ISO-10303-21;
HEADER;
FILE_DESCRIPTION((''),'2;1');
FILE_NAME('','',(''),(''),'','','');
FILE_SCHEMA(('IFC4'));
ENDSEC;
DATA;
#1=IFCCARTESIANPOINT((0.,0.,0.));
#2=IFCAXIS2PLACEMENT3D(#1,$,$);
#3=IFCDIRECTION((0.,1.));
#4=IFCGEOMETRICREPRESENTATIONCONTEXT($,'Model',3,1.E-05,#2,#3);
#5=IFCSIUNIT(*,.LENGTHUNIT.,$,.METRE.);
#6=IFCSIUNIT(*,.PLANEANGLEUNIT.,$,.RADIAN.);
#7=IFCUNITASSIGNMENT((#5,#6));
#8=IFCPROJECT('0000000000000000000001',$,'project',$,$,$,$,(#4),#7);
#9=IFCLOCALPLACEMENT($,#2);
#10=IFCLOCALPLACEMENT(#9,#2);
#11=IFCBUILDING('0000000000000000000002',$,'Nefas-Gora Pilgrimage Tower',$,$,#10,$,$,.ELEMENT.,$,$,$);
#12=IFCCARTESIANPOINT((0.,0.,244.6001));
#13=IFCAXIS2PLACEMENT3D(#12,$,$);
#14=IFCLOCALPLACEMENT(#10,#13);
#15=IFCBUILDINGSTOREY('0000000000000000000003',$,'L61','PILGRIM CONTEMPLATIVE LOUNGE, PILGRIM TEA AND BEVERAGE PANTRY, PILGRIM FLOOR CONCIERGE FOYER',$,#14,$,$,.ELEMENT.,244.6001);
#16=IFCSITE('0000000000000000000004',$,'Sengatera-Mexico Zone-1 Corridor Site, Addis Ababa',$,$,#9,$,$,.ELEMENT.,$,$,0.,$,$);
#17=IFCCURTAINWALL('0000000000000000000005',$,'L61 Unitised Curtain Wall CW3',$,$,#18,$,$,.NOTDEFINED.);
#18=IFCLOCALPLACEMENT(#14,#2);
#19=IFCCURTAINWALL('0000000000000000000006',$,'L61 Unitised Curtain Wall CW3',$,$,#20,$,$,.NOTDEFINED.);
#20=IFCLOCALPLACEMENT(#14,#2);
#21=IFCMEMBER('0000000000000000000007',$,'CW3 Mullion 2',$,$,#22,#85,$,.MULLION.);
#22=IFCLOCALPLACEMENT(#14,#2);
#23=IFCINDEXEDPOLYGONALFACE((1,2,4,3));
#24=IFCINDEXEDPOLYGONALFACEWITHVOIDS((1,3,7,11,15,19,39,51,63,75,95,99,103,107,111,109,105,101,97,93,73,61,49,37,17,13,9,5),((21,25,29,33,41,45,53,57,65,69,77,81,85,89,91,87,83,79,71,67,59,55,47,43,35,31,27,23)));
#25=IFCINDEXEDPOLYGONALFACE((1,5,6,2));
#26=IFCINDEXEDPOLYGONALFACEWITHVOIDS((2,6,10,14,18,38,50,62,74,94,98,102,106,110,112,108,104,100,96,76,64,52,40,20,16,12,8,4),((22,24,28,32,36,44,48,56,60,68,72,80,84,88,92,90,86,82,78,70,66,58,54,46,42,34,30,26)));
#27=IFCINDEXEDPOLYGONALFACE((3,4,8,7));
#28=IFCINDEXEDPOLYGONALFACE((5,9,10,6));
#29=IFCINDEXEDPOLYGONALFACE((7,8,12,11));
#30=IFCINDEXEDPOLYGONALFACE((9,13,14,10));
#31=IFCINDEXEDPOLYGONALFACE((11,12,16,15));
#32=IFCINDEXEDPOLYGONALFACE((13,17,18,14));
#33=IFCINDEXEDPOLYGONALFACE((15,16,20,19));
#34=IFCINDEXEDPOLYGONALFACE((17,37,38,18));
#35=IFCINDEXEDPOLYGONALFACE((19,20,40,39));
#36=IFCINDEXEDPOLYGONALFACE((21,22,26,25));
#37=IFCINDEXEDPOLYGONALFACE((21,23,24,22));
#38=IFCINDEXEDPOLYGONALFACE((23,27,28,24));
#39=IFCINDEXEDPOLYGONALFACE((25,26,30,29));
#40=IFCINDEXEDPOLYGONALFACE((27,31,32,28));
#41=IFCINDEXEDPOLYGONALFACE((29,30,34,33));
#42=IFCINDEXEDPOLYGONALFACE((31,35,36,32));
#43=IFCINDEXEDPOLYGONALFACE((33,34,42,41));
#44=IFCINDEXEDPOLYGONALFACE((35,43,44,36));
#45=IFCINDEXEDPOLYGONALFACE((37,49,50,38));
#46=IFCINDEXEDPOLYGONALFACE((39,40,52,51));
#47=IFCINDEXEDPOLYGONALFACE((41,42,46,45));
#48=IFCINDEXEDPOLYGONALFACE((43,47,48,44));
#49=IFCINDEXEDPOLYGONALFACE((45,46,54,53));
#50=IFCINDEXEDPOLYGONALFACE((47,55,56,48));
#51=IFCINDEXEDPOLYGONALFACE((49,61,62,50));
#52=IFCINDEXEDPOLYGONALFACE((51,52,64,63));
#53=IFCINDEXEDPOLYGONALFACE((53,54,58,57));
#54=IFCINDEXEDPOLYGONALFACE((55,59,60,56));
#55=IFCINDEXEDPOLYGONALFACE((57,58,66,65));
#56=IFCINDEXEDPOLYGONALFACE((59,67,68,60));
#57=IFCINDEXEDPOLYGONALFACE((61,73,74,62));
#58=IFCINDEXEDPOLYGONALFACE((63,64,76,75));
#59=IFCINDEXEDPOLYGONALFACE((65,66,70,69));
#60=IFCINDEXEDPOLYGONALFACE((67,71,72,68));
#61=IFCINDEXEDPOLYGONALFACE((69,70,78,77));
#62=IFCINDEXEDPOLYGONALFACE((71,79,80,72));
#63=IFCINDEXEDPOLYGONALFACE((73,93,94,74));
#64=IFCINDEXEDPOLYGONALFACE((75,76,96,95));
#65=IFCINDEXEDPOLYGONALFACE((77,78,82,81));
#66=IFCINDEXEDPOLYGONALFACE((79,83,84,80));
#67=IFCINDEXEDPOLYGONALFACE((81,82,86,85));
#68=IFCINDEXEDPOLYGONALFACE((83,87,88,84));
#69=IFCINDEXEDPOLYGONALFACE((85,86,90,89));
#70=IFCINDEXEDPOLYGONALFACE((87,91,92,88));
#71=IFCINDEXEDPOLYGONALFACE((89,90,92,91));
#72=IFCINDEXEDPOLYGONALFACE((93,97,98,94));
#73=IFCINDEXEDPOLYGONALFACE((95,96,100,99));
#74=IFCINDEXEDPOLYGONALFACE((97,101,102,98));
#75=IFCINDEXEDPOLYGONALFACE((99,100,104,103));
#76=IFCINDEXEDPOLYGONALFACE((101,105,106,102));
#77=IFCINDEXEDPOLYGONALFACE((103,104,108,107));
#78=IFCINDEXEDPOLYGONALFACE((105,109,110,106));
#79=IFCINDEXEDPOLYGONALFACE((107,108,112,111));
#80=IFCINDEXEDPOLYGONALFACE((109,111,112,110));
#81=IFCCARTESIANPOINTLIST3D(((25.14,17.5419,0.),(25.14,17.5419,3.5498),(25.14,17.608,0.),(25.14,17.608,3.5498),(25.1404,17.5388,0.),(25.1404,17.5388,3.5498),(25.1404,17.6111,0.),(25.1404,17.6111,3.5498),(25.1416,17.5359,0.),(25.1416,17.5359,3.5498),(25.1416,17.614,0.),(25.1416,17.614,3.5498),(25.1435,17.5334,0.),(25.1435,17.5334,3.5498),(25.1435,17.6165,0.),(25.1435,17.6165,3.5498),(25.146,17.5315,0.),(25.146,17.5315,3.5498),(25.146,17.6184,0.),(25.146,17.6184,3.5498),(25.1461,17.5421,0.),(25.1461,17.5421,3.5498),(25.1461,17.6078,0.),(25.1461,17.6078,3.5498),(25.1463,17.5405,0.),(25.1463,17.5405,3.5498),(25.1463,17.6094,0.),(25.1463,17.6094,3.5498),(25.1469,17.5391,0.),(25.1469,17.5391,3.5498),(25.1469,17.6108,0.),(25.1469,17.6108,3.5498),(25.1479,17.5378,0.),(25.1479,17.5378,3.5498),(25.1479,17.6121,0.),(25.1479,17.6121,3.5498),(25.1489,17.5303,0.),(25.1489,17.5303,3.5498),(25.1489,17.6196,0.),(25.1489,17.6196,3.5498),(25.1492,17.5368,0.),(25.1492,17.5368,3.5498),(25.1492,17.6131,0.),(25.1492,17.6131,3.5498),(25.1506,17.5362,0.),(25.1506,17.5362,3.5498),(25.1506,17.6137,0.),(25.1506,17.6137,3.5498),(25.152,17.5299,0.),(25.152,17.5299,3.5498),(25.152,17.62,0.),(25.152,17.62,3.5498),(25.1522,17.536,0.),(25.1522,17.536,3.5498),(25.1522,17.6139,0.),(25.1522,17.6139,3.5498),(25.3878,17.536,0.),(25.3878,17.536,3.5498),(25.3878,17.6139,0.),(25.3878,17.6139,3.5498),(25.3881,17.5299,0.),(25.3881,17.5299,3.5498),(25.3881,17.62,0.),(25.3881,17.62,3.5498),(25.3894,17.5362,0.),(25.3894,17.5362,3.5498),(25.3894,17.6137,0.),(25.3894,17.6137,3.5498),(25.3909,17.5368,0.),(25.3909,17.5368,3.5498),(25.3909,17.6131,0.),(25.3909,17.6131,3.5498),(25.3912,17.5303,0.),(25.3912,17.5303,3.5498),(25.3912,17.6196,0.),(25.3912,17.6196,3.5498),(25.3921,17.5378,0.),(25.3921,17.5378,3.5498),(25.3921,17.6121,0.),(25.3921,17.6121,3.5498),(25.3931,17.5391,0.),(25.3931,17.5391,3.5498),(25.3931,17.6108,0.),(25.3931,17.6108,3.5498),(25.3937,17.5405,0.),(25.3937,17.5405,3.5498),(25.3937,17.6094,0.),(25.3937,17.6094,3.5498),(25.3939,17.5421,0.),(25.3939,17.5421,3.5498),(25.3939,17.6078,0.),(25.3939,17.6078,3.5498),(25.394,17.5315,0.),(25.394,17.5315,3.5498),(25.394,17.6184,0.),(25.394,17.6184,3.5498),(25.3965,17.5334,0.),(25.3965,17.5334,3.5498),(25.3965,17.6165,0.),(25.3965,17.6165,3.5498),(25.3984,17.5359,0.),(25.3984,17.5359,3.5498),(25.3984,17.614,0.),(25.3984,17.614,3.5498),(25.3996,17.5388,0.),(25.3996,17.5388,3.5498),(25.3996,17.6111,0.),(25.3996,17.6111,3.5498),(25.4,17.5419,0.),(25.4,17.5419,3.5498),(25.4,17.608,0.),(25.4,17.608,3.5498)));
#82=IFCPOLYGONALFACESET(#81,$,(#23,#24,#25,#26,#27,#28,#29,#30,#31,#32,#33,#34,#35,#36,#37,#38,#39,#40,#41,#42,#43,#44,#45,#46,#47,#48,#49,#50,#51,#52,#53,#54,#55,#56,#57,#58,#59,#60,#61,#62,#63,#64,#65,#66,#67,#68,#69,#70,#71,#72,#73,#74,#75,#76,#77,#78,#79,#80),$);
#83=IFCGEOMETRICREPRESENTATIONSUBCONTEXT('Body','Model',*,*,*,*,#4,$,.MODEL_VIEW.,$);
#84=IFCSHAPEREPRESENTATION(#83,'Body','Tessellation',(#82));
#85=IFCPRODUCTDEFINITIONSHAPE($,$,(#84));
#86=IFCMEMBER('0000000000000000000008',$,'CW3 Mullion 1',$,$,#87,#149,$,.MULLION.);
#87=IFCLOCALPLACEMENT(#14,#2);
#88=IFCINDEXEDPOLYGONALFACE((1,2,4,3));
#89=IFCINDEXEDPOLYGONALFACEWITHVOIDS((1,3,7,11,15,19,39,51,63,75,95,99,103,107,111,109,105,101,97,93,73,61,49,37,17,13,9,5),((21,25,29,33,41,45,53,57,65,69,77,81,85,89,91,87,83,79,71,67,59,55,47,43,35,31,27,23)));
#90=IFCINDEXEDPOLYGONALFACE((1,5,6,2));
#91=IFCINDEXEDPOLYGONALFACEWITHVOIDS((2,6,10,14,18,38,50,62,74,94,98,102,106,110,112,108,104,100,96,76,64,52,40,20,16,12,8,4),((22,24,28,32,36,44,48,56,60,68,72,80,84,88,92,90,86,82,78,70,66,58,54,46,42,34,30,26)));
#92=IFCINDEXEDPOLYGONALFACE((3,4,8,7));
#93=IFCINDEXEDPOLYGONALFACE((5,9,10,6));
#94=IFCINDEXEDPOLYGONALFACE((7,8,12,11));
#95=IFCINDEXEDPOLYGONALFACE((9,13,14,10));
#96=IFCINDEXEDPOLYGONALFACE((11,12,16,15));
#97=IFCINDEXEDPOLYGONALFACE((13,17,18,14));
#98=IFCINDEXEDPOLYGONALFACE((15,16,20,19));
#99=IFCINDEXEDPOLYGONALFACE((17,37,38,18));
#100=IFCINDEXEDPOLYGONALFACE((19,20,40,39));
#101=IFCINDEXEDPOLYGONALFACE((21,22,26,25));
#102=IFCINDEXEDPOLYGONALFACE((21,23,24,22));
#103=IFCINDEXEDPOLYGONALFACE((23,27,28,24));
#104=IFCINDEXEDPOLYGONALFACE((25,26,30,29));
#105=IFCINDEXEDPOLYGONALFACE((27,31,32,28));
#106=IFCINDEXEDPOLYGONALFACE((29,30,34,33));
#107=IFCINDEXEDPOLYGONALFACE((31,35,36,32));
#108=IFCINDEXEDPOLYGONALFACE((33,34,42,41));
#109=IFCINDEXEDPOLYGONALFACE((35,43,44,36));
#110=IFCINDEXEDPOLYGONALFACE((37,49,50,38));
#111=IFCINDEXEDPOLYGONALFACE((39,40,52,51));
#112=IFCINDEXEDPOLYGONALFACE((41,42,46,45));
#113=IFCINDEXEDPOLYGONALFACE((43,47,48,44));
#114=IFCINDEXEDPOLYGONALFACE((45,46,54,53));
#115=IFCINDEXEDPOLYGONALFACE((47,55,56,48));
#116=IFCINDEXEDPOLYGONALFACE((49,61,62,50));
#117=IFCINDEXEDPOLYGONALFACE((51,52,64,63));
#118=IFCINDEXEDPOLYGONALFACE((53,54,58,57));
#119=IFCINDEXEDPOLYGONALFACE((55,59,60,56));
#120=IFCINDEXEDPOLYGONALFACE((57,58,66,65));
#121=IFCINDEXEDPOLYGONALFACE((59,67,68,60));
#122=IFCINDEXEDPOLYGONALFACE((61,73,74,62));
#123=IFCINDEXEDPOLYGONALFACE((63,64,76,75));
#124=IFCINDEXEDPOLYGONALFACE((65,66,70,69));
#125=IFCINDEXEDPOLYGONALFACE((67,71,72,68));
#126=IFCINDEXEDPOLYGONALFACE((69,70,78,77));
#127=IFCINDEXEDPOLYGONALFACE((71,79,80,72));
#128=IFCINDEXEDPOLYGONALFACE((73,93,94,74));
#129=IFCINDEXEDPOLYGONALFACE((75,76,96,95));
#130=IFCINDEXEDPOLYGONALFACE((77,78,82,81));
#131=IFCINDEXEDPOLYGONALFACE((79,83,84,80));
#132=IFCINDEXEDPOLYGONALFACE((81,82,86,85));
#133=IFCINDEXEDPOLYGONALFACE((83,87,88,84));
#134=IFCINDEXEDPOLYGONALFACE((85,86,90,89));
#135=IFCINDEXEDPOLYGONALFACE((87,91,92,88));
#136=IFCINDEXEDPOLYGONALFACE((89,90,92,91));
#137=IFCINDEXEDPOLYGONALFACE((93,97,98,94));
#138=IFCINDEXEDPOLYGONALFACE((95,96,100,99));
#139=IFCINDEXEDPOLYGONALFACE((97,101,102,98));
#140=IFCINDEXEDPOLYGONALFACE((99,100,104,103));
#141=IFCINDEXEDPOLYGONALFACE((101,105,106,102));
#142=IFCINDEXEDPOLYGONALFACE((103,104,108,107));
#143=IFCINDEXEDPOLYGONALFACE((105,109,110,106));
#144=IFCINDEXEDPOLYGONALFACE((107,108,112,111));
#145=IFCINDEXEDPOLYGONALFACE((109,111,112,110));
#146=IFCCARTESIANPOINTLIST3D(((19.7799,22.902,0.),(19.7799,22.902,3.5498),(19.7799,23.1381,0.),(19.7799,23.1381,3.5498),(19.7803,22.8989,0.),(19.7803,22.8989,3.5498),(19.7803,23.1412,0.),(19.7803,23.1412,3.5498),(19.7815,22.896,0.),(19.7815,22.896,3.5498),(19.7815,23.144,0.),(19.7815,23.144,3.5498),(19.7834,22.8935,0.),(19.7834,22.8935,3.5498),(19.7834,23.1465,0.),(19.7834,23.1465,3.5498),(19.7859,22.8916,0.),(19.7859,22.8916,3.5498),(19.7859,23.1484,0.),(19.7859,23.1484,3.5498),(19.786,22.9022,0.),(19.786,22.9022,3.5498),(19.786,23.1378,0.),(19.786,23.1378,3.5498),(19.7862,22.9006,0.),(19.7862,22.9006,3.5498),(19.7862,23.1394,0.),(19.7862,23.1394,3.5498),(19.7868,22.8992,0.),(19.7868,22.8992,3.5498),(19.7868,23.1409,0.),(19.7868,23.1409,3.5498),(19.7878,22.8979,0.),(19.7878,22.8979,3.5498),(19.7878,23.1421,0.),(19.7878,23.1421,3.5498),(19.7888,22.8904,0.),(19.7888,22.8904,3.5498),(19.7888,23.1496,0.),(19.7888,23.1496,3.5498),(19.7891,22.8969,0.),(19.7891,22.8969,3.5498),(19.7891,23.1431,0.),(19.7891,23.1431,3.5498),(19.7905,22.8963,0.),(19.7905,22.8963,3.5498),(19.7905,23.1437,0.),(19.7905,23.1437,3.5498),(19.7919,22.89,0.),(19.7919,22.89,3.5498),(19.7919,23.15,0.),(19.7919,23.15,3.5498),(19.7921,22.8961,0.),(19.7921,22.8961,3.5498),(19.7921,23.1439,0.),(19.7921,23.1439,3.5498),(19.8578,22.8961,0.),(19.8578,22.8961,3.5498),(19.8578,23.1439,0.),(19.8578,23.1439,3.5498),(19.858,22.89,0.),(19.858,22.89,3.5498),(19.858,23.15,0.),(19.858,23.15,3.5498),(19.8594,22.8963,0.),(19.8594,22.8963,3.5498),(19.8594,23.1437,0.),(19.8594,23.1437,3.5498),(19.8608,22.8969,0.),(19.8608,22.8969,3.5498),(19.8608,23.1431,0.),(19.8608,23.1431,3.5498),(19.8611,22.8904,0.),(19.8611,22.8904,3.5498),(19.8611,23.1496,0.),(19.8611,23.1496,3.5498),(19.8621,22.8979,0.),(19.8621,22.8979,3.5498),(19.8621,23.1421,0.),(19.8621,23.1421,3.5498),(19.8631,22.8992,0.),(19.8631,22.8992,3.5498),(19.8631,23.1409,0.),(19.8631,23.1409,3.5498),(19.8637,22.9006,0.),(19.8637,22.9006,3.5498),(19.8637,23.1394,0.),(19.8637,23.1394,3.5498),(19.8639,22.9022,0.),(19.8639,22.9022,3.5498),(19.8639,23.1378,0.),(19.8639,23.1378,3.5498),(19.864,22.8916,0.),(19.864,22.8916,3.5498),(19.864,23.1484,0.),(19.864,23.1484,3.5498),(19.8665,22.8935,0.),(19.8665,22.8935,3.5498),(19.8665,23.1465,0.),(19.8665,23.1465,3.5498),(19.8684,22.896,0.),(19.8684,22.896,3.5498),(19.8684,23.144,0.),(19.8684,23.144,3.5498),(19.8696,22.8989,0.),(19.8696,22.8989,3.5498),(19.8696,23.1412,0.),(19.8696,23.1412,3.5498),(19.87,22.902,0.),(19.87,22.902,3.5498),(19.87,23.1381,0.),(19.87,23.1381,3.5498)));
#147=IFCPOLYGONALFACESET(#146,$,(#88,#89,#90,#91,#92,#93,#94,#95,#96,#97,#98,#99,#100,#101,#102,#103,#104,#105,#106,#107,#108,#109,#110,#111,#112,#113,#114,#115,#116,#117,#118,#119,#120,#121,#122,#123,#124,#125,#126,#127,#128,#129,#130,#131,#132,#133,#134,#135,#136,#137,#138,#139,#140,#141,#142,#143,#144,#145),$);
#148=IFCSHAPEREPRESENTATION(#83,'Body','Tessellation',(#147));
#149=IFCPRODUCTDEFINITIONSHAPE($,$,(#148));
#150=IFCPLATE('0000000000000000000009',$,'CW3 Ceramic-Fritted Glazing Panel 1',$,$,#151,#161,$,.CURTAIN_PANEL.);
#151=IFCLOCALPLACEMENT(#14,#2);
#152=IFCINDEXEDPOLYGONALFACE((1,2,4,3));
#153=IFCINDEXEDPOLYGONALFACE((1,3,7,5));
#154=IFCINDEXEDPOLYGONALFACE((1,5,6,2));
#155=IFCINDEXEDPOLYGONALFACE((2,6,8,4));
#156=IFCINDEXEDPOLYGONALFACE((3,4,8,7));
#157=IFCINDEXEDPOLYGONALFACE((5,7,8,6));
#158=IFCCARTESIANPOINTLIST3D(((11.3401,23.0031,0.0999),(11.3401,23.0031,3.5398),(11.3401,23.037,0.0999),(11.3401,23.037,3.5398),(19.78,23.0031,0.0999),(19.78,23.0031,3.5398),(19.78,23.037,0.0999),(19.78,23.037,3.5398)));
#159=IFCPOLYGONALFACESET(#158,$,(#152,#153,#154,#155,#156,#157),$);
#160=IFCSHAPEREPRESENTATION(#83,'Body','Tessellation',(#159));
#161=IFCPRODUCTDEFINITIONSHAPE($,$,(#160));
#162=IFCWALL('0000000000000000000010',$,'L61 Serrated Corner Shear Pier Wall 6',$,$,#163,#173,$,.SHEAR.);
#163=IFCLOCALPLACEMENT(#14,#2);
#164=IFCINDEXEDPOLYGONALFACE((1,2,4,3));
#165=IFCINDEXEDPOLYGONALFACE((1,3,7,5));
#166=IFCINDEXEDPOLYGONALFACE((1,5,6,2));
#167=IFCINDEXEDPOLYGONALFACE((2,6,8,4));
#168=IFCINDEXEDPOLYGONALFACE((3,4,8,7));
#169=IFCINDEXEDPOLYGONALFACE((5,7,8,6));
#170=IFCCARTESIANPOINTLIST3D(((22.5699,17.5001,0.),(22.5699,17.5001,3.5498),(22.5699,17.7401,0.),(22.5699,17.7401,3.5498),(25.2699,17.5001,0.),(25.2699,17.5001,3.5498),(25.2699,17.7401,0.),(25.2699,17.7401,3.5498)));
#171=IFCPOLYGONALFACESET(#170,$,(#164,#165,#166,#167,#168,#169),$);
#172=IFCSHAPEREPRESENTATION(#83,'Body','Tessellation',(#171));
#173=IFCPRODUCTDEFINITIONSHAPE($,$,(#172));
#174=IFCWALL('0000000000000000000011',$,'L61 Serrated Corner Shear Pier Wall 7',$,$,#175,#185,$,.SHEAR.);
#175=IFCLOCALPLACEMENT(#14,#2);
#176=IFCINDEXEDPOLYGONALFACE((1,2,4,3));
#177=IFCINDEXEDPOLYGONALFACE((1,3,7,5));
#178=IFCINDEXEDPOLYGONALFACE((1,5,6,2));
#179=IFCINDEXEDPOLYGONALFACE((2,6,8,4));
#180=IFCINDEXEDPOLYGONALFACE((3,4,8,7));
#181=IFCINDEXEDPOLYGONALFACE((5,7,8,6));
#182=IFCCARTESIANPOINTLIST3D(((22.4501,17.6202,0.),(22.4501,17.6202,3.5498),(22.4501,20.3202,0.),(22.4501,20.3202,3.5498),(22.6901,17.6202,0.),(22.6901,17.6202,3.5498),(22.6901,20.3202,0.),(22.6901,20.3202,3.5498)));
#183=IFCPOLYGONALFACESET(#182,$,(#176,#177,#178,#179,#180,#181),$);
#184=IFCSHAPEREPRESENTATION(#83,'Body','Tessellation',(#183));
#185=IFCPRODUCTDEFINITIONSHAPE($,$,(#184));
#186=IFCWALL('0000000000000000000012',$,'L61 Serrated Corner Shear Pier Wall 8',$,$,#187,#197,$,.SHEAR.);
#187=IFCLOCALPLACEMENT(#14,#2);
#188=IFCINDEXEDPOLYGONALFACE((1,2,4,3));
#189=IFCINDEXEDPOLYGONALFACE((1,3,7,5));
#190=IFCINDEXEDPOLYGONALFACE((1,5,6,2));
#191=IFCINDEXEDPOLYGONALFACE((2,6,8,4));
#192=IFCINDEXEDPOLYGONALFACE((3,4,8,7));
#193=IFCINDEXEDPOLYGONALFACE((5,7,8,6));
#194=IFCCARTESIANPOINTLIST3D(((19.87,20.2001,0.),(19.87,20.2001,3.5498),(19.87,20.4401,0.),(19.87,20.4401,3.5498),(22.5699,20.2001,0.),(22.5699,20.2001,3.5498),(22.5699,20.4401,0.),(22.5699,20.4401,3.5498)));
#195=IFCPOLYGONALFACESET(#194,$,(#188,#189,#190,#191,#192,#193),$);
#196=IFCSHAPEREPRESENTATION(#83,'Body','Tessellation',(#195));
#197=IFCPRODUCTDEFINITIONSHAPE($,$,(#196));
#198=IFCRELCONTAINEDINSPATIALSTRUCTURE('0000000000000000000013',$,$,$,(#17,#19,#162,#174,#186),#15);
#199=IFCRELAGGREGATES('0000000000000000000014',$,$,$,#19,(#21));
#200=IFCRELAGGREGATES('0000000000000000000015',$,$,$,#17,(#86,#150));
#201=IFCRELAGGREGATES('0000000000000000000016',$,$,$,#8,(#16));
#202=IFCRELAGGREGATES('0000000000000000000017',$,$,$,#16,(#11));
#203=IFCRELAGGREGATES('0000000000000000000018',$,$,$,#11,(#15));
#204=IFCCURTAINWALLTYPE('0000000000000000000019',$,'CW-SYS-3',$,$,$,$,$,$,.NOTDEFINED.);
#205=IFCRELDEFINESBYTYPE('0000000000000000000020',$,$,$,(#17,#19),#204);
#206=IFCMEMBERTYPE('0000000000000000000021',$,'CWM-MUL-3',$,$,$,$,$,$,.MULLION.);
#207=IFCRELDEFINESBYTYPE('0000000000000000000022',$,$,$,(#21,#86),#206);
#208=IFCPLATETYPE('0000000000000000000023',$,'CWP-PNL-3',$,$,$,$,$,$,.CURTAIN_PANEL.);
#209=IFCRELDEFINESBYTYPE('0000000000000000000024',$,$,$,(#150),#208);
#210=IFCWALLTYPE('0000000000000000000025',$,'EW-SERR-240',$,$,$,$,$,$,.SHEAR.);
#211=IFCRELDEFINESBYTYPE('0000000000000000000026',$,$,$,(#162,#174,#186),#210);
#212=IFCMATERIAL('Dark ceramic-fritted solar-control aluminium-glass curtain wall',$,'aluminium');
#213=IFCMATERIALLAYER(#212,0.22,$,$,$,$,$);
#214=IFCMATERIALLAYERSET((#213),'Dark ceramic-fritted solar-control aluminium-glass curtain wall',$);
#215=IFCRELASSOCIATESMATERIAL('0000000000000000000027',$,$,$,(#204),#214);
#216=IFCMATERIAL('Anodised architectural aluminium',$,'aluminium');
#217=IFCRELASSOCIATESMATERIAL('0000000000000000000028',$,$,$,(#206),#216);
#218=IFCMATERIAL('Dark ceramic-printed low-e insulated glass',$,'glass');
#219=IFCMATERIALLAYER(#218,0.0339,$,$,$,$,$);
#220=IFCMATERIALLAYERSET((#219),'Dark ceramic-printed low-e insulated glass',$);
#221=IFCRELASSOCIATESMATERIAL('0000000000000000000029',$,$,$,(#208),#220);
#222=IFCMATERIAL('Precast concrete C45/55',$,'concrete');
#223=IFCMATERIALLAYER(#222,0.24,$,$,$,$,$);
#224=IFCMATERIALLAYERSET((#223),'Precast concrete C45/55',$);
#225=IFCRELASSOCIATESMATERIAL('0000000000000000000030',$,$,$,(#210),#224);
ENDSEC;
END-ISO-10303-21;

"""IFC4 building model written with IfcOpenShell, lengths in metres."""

from ifc_helpers import new_model, si_unit, direction, frame, frame_2d, origin, origin_2d, place, context, subcontext, project, spatial, rectangle, hollow_rectangle, extrude, source, transform, mapped, material, layer, layer_set, material_profile, profile_set, type_object, element, aggregate, save


model = new_model("IFC4")

# Units and contexts
model_context = context("Model", 3, precision=1e-05, world=origin(), true_north=direction((0.0, 1.0)))
body_context = subcontext(model_context, "Body", "Model", "MODEL_VIEW")
ifc_project = project(units=[si_unit("LENGTHUNIT", "METRE"), si_unit("PLANEANGLEUNIT", "RADIAN")], contexts=[model_context])

# Site, building, storey
site_placement = place(None, origin())
site = spatial("IfcSite", under=ifc_project, at=site_placement, Name="Sengatera-Mexico Zone-1 Corridor Site, Addis Ababa", CompositionType="ELEMENT", RefElevation=0.0)
building_placement = place(site_placement, origin())
building = spatial("IfcBuilding", under=site, at=building_placement, Name="Nefas-Gora Pilgrimage Tower", CompositionType="ELEMENT")
storey_placement = place(building_placement, frame((0.0, 0.0, 244.6001)))
storey = spatial("IfcBuildingStorey", under=building, at=storey_placement, Name="L61", Description="PILGRIM CONTEMPLATIVE LOUNGE, PILGRIM TEA AND BEVERAGE PANTRY, PILGRIM FLOOR CONCIERGE FOYER", CompositionType="ELEMENT", Elevation=244.6001)

# Curtain walls, member
ifc_material_1 = material(Name="Dark ceramic-fritted solar-control aluminium-glass curtain wall", Category="aluminium")
ifc_layer_1 = layer(ifc_material_1, 0.22)
ifc_layer_set_1 = layer_set([ifc_layer_1], Name="Dark ceramic-fritted solar-control aluminium-glass curtain wall")
curtain_wall_type = type_object("IfcCurtainWallType", Name="CW-SYS-3", PredefinedType="NOTDEFINED", material=ifc_layer_set_1)
curtain_wall_1_placement = place(storey_placement, origin())
curtain_wall_1 = element("IfcCurtainWall", 1, at=curtain_wall_1_placement, inside=storey, type_object=curtain_wall_type, Name="L61 Unitised Curtain Wall CW3", PredefinedType="NOTDEFINED")
ifc_material_2 = material(Name="Anodised architectural aluminium", Category="aluminium")
curtain_wall_2_placement = place(storey_placement, origin())
curtain_wall_2 = element("IfcCurtainWall", 2, at=curtain_wall_2_placement, inside=storey, type_object=curtain_wall_type, Name="L61 Unitised Curtain Wall CW3", PredefinedType="NOTDEFINED")
ifc_material_profile_1 = material_profile(ifc_material_2, hollow_rectangle(XDim=0.0901, YDim=0.26, WallThickness=0.0061, InnerFilletRadius=0.0061, OuterFilletRadius=0.012, at=origin_2d()), Name="ALU MULLION 90x260")
ifc_profile_set_1 = profile_set([ifc_material_profile_1], Name="Anodised architectural aluminium")
member_type_1 = type_object("IfcMemberType", Name="CWM-MUL-3", PredefinedType="MULLION", material=ifc_profile_set_1)
shared_shape_1 = source(origin(), body_context, "Body", "SweptSolid", [
    extrude(hollow_rectangle(XDim=0.0901, YDim=0.26, WallThickness=0.0061, InnerFilletRadius=0.0061, OuterFilletRadius=0.012, at=origin_2d()), origin(), (0.0, 0.0, 1.0), 3.5498),
])
member_1_placement = place(storey_placement, frame((25.27, 17.575, 0.0), z_axis=(0.0, 0.0, 1.0), x_axis=(0.0, 1.0, 0.0)))
member_1 = element("IfcMember", 3, at=member_1_placement, type_object=member_type_1, Name="CW3 Mullion 2", PredefinedType="MULLION", context=body_context, shape_type="MappedRepresentation", body=[
    mapped(shared_shape_1, transform((0.0, 0.0, 0.0), x_axis=(1.0, 0.0, 0.0), y_axis=(0.0, 1.0, 0.0), z_axis=(0.0, 0.0, 1.0), scale=1.0)),
])
aggregate(curtain_wall_2, [member_1])

# Member
member_2_placement = place(storey_placement, frame((19.825, 23.02, 0.0), z_axis=(0.0, 0.0, 1.0), x_axis=(-1.0, 0.0, 0.0)))
member_2 = element("IfcMember", 4, at=member_2_placement, type_object=member_type_1, Name="CW3 Mullion 1", PredefinedType="MULLION", context=body_context, shape_type="MappedRepresentation", body=[
    mapped(shared_shape_1, transform((0.0, 0.0, 0.0), x_axis=(1.0, 0.0, 0.0), y_axis=(0.0, 1.0, 0.0), z_axis=(0.0, 0.0, 1.0), scale=1.0)),
])

# Plate
ifc_material_3 = material(Name="Dark ceramic-printed low-e insulated glass", Category="glass")
ifc_layer_2 = layer(ifc_material_3, 0.0339)
ifc_layer_set_2 = layer_set([ifc_layer_2], Name="Dark ceramic-printed low-e insulated glass")
plate_type = type_object("IfcPlateType", Name="CWP-PNL-3", PredefinedType="CURTAIN_PANEL", material=ifc_layer_set_2)
shared_shape_2 = source(origin(), body_context, "Body", "SweptSolid", [
    extrude(rectangle(XDim=8.4399, YDim=0.0339, at=origin_2d()), origin(), (0.0, 0.0, 1.0), 3.4399),
])
plate_placement = place(storey_placement, frame((15.5601, 23.02, 0.0999), z_axis=(0.0, 0.0, 1.0), x_axis=(-1.0, 0.0, 0.0)))
plate = element("IfcPlate", 5, at=plate_placement, type_object=plate_type, Name="CW3 Ceramic-Fritted Glazing Panel 1", PredefinedType="CURTAIN_PANEL", context=body_context, shape_type="MappedRepresentation", body=[
    mapped(shared_shape_2, transform((0.0, 0.0, 0.0), x_axis=(1.0, 0.0, 0.0), y_axis=(0.0, 1.0, 0.0), z_axis=(0.0, 0.0, 1.0), scale=1.0)),
])
aggregate(curtain_wall_1, [member_2, plate])

# Walls
ifc_material_4 = material(Name="Precast concrete C45/55", Category="concrete")
ifc_layer_3 = layer(ifc_material_4, 0.24)
ifc_layer_set_3 = layer_set([ifc_layer_3], Name="Precast concrete C45/55")
wall_type_1 = type_object("IfcWallType", Name="EW-SERR-240", PredefinedType="SHEAR", material=ifc_layer_set_3)
shared_shape_3 = source(origin(), body_context, "Body", "SweptSolid", [
    extrude(rectangle(XDim=2.7, YDim=0.24, at=frame_2d((1.3501, 0.0))), origin(), (0.0, 0.0, 1.0), 3.5498),
])
for number, where, z_axis, x_axis, name in (
    (6, (25.27, 17.6201, 0.0), (0.0, 0.0, 1.0), (-1.0, 0.0, 0.0), "L61 Serrated Corner Shear Pier Wall 6"),
    (7, (22.5701, 17.6201, 0.0), (0.0, 0.0, 1.0), (0.0, 1.0, 0.0), "L61 Serrated Corner Shear Pier Wall 7"),
    (8, (22.5701, 20.3201, 0.0), (0.0, 0.0, 1.0), (-1.0, 0.0, 0.0), "L61 Serrated Corner Shear Pier Wall 8"),
):
    element("IfcWall", number, at=place(storey_placement, frame(where, z_axis=z_axis, x_axis=x_axis)), inside=storey, type_object=wall_type_1, Name=name, PredefinedType="SHEAR", context=body_context, shape_type="MappedRepresentation", body=[
        mapped(shared_shape_3, transform((0.0, 0.0, 0.0), x_axis=(1.0, 0.0, 0.0), y_axis=(0.0, 1.0, 0.0), z_axis=(0.0, 0.0, 1.0), scale=1.0)),
    ])

save(model, "model.ifc")
